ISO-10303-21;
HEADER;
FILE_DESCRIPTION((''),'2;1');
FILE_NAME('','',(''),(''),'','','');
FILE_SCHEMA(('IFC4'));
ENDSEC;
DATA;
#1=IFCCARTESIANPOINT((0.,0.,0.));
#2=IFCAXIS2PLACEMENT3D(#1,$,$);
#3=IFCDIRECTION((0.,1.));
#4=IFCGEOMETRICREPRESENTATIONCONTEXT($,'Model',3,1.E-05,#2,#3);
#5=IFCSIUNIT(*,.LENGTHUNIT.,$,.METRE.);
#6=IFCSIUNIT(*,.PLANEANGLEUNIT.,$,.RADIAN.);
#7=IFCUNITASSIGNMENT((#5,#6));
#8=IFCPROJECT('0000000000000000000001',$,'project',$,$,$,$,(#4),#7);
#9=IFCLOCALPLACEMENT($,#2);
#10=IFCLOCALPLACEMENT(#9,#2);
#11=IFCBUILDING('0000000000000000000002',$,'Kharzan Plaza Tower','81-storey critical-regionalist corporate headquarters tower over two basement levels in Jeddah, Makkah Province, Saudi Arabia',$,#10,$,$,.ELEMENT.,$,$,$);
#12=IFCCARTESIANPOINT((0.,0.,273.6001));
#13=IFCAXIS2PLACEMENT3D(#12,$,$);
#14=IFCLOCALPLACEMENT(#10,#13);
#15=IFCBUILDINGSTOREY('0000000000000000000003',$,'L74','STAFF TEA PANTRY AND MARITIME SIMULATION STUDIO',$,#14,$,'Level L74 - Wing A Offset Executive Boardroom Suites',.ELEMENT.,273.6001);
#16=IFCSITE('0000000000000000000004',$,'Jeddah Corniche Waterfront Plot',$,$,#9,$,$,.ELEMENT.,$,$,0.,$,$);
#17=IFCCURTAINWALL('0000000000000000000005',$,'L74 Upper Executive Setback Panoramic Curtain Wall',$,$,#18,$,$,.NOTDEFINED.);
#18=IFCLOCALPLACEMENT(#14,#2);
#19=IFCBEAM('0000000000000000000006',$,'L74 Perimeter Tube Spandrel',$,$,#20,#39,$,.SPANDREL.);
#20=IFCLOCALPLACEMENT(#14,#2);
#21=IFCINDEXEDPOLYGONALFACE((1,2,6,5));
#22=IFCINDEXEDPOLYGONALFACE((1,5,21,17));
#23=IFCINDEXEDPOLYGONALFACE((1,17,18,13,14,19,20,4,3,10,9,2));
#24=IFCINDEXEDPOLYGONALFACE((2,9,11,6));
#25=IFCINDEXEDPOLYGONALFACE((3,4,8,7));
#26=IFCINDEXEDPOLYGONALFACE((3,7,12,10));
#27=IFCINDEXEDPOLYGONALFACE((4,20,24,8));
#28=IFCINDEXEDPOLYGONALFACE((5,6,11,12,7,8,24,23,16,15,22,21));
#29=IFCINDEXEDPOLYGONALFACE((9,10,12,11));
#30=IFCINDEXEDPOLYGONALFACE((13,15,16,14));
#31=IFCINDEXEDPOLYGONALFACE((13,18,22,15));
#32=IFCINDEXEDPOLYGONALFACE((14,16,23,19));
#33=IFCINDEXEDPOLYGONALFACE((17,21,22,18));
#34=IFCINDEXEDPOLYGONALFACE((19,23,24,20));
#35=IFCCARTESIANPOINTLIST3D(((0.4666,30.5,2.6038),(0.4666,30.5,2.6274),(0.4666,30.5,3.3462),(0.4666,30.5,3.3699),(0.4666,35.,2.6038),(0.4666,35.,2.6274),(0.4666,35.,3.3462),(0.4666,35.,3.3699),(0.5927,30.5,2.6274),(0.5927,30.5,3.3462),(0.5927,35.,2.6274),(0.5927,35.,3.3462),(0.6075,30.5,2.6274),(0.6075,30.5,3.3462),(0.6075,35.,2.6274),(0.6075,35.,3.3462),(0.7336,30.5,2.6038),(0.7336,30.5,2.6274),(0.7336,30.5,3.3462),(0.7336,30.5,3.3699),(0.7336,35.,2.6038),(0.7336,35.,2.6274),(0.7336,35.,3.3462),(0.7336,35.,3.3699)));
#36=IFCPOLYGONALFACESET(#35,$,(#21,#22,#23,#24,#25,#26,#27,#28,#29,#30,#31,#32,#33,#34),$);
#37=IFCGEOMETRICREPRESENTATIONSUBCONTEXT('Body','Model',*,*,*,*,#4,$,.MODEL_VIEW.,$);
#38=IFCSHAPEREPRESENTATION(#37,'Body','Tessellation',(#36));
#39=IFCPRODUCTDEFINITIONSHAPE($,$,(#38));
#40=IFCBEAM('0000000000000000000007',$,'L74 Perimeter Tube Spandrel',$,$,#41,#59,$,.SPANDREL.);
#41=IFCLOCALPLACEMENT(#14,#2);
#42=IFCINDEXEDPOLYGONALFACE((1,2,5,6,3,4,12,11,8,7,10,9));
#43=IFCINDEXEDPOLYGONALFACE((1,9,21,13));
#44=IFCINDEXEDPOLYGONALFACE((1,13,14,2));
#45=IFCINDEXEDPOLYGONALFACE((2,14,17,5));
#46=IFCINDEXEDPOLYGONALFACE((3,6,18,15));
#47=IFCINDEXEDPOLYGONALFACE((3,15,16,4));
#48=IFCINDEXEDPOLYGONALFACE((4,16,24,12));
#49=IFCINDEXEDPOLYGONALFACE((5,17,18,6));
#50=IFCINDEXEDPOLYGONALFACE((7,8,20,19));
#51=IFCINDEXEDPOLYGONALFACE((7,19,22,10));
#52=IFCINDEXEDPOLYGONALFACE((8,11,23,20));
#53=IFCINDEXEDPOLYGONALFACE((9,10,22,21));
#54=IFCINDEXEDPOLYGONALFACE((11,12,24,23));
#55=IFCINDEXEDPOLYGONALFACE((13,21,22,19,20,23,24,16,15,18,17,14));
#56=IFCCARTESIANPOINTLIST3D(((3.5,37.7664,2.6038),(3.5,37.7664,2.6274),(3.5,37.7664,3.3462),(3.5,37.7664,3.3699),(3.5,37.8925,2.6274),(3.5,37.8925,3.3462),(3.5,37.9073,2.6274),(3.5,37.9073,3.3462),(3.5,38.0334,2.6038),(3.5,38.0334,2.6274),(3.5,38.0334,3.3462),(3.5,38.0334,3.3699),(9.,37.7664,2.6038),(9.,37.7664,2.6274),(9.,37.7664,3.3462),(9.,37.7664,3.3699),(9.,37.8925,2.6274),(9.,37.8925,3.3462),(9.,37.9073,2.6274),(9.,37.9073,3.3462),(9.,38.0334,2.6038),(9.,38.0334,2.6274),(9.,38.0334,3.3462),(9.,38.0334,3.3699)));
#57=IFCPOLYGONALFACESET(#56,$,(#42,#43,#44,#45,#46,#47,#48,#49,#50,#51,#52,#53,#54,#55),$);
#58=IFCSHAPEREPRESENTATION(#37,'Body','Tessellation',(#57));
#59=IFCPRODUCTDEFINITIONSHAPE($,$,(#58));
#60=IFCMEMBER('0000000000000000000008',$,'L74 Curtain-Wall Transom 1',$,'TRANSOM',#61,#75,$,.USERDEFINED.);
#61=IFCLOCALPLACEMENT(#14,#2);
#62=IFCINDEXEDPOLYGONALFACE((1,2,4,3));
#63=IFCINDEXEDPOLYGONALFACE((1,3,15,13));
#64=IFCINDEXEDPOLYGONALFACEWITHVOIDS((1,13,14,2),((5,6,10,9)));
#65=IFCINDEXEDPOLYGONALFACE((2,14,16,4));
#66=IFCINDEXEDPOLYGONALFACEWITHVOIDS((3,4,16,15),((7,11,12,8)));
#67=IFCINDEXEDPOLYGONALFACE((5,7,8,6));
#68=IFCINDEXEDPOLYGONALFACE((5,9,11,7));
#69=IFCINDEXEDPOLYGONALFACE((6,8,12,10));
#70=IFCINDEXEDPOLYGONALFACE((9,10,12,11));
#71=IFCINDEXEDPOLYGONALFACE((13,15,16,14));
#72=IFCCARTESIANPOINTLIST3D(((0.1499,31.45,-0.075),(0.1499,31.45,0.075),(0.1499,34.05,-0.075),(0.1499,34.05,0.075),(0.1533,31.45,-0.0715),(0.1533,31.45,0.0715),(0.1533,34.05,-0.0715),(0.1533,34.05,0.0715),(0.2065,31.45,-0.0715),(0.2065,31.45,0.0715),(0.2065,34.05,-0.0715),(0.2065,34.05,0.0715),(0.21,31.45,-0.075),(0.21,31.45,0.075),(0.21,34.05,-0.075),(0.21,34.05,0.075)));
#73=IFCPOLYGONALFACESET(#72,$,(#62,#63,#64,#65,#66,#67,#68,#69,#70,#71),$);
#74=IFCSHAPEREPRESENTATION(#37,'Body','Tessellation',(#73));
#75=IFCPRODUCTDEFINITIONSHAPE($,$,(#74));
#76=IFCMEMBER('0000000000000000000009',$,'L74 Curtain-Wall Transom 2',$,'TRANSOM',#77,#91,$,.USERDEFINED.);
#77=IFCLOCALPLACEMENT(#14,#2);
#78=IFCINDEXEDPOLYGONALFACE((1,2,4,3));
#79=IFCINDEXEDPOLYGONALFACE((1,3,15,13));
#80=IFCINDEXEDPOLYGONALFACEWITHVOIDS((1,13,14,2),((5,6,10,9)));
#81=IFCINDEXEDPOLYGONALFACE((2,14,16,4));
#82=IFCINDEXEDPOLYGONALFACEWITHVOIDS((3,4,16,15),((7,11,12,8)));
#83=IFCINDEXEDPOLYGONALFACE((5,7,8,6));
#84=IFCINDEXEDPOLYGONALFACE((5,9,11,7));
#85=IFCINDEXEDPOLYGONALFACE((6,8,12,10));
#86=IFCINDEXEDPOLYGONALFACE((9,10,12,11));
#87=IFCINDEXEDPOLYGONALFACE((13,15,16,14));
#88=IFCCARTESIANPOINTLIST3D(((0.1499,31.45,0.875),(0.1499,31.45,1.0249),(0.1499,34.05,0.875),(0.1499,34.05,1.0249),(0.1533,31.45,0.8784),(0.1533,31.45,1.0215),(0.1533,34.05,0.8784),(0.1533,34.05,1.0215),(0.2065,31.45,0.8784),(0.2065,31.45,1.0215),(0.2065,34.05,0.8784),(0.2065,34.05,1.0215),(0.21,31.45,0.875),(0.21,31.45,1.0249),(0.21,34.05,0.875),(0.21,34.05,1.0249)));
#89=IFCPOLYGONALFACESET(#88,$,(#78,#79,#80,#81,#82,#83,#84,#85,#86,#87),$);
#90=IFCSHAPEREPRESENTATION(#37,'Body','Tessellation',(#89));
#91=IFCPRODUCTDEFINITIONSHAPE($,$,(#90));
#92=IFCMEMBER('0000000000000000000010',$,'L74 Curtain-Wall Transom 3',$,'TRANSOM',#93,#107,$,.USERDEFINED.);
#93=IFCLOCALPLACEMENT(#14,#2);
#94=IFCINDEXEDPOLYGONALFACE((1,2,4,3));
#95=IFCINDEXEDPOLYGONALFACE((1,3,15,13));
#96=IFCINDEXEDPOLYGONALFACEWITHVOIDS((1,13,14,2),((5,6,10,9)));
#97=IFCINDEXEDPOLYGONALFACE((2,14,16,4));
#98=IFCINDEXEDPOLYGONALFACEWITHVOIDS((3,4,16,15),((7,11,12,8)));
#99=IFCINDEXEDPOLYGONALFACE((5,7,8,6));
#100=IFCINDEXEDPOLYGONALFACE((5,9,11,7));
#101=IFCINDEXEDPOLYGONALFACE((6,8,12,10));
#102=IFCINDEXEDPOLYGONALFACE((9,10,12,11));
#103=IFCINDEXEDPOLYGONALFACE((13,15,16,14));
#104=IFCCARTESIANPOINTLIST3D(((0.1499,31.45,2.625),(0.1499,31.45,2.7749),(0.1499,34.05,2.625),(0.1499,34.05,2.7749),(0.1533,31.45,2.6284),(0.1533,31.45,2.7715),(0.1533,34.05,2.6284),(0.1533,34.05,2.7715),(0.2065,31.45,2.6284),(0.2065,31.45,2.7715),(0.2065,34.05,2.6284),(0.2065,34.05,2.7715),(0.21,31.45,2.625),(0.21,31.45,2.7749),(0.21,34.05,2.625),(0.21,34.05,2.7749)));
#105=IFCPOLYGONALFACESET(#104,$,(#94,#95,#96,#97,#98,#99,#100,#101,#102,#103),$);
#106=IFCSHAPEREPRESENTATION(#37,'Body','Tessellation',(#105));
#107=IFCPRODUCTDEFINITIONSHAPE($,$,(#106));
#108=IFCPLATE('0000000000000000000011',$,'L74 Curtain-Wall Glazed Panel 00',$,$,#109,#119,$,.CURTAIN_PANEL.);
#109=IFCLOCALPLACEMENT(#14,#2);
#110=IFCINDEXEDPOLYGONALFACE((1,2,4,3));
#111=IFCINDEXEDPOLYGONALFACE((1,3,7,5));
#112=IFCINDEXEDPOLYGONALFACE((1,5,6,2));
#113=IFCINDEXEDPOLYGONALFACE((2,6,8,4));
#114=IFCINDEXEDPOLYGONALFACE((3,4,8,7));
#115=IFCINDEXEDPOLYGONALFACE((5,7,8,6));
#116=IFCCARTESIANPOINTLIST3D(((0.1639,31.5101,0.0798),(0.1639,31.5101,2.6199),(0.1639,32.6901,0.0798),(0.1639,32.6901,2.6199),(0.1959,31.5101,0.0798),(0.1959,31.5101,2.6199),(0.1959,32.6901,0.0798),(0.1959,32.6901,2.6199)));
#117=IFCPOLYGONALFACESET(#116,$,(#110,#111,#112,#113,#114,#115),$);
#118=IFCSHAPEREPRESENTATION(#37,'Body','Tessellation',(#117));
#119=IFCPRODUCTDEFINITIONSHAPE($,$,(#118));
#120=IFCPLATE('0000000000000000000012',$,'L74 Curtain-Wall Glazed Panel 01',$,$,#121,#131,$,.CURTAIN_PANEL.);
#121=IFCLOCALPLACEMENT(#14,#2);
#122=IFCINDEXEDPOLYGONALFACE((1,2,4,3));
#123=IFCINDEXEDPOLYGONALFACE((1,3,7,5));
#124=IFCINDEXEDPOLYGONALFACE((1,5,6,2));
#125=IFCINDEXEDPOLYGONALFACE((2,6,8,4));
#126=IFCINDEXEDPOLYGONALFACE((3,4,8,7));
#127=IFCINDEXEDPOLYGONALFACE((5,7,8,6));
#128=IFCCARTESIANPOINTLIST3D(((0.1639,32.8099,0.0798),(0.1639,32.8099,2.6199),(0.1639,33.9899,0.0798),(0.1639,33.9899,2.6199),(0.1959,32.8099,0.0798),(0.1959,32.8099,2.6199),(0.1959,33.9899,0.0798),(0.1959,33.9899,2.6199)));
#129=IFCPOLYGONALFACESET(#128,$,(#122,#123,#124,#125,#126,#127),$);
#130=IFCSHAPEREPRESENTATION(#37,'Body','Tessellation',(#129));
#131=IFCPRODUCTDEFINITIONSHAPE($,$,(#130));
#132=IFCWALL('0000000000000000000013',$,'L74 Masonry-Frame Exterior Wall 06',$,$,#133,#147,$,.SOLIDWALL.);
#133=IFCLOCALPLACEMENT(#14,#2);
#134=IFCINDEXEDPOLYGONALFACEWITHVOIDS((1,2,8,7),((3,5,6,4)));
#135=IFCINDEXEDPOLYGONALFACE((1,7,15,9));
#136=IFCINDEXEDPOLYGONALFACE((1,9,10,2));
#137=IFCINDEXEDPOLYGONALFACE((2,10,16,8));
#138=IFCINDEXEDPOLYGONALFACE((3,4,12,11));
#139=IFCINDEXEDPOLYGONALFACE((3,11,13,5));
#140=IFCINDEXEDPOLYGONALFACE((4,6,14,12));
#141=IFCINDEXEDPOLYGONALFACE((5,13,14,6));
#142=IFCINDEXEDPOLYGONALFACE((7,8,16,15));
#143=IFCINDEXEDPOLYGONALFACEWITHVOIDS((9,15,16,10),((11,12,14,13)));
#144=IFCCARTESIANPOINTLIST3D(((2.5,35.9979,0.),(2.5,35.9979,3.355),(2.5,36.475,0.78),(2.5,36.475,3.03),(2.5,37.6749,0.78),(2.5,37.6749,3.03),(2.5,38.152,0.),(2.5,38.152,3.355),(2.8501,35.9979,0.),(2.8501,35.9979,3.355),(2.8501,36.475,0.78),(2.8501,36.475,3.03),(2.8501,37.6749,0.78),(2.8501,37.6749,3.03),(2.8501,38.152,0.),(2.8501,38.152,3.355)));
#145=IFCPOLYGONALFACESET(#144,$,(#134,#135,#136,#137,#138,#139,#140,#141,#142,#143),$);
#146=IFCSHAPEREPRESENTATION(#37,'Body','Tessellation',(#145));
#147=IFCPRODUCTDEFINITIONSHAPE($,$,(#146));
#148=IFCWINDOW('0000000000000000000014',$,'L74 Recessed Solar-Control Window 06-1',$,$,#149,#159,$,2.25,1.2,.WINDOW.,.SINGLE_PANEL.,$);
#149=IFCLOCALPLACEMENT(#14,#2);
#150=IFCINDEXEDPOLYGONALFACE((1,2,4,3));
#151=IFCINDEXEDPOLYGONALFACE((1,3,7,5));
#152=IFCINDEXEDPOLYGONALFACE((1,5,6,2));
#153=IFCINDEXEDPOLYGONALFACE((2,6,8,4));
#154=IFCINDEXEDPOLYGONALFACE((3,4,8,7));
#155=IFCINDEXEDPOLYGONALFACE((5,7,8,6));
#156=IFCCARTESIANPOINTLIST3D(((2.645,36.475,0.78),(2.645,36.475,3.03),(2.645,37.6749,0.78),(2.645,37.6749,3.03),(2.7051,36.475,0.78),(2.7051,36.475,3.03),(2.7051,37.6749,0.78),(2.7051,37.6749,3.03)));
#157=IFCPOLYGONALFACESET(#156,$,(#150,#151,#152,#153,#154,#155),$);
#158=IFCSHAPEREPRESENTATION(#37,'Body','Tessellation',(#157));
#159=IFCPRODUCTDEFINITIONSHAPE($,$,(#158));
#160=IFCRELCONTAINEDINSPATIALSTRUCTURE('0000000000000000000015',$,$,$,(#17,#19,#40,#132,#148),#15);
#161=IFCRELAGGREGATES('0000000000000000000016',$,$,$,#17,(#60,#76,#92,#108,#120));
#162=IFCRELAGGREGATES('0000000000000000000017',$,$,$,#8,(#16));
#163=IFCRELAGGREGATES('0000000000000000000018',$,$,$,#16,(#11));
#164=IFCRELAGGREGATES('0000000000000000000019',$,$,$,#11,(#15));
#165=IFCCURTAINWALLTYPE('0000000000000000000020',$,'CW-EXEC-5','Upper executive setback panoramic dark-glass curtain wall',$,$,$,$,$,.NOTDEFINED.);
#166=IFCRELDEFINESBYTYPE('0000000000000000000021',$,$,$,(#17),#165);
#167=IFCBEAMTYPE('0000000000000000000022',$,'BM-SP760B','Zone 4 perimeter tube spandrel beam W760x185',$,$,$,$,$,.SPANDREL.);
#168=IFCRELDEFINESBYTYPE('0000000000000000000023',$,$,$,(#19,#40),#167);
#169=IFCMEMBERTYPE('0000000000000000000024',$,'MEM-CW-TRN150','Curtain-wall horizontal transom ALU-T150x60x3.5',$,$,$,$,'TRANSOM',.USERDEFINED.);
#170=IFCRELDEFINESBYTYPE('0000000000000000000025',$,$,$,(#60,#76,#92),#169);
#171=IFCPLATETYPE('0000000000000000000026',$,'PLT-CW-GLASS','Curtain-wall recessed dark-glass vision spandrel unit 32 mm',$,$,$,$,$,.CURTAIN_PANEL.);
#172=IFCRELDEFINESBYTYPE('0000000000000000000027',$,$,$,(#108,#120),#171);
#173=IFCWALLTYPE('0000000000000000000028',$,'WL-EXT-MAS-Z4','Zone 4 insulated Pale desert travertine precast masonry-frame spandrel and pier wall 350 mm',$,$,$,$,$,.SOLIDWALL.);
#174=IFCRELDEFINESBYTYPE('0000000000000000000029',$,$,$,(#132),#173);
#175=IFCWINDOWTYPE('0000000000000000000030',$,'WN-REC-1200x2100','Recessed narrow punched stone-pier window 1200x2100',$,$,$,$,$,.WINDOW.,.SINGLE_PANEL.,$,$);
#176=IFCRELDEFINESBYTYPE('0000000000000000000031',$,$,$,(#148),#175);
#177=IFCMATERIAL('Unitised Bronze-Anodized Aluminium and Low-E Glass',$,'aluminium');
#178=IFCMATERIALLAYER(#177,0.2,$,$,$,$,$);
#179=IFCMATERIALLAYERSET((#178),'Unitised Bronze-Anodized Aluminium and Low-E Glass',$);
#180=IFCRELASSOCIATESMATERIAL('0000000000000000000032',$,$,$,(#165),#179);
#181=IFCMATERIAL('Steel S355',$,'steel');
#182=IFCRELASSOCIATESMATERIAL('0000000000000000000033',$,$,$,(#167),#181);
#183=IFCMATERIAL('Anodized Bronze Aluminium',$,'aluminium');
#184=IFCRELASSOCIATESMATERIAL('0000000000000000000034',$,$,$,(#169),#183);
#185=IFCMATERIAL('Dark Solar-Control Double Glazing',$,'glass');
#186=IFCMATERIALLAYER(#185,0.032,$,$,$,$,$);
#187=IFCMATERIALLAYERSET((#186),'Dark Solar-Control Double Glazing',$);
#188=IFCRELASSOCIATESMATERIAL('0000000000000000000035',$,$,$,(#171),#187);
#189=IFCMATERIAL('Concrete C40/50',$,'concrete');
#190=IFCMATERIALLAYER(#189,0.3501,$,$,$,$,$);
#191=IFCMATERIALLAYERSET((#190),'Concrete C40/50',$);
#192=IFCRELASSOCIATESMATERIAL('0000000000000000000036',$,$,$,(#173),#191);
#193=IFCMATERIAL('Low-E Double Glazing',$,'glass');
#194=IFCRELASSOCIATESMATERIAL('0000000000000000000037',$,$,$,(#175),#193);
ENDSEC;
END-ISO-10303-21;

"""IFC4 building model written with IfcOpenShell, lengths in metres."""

from ifc_helpers import new_model, si_unit, direction, frame, frame_2d, origin, origin_2d, place, context, subcontext, project, spatial, rectangle, hollow_rectangle, i_section, extrude, source, transform, mapped, material, layer, layer_set, material_profile, profile_set, type_object, element, fill, aggregate, save


model = new_model("IFC4")

# Units and contexts
model_context = context("Model", 3, precision=1e-05, world=origin(), true_north=direction((0.0, 1.0)))
body_context = subcontext(model_context, "Body", "Model", "MODEL_VIEW")
ifc_project = project(units=[si_unit("LENGTHUNIT", "METRE"), si_unit("PLANEANGLEUNIT", "RADIAN")], contexts=[model_context])

# Site, building, storey
site_placement = place(None, origin())
site = spatial("IfcSite", under=ifc_project, at=site_placement, Name="Jeddah Corniche Waterfront Plot", CompositionType="ELEMENT", RefElevation=0.0)
building_placement = place(site_placement, origin())
building = spatial("IfcBuilding", under=site, at=building_placement, Name="Kharzan Plaza Tower", Description="81-storey critical-regionalist corporate headquarters tower over two basement levels in Jeddah, Makkah Province, Saudi Arabia", CompositionType="ELEMENT")
storey_placement = place(building_placement, frame((0.0, 0.0, 273.6001)))
storey = spatial("IfcBuildingStorey", under=building, at=storey_placement, Name="L74", Description="STAFF TEA PANTRY AND MARITIME SIMULATION STUDIO", LongName="Level L74 - Wing A Offset Executive Boardroom Suites", CompositionType="ELEMENT", Elevation=273.6001)

# Shared definitions
ifc_material_1 = material(Name="Steel S355", Category="steel")

# Curtain wall
ifc_material_2 = material(Name="Unitised Bronze-Anodized Aluminium and Low-E Glass", Category="aluminium")
ifc_layer_1 = layer(ifc_material_2, 0.2)
ifc_layer_set_1 = layer_set([ifc_layer_1], Name="Unitised Bronze-Anodized Aluminium and Low-E Glass")
curtain_wall_type = type_object("IfcCurtainWallType", Name="CW-EXEC-5", Description="Upper executive setback panoramic dark-glass curtain wall", PredefinedType="NOTDEFINED", material=ifc_layer_set_1)
curtain_wall_placement = place(storey_placement, origin())
curtain_wall = element("IfcCurtainWall", 1, at=curtain_wall_placement, inside=storey, type_object=curtain_wall_type, Name="L74 Upper Executive Setback Panoramic Curtain Wall", PredefinedType="NOTDEFINED")
ifc_material_3 = material(Name="Anodized Bronze Aluminium", Category="aluminium")

# Beams
ifc_material_profile_1 = material_profile(ifc_material_1, i_section(OverallWidth=0.2671, OverallDepth=0.7661, WebThickness=0.0149, FlangeThickness=0.0237, at=origin_2d()), Name="W760x185")
ifc_profile_set_1 = profile_set([ifc_material_profile_1], Name="Steel S355")
beam_type_1 = type_object("IfcBeamType", Name="BM-SP760B", Description="Zone 4 perimeter tube spandrel beam W760x185", PredefinedType="SPANDREL", material=ifc_profile_set_1)
shared_shape_1 = source(origin(), body_context, "Body", "SweptSolid", [
    extrude(i_section(OverallWidth=0.2671, OverallDepth=0.7661, WebThickness=0.0149, FlangeThickness=0.0237, at=origin_2d()), origin(), (0.0, 0.0, 1.0), 4.5),
])
beam_1_placement = place(storey_placement, frame((0.6001, 30.5, 2.9868), z_axis=(0.0, 1.0, 0.0), x_axis=(-1.0, 0.0, 0.0)))
element("IfcBeam", 2, at=beam_1_placement, inside=storey, type_object=beam_type_1, Name="L74 Perimeter Tube Spandrel", PredefinedType="SPANDREL", context=body_context, shape_type="MappedRepresentation", body=[
    mapped(shared_shape_1, transform((0.0, 0.0, 0.0), x_axis=(1.0, 0.0, 0.0), y_axis=(0.0, 1.0, 0.0), z_axis=(0.0, 0.0, 1.0))),
])
shared_shape_2 = source(origin(), body_context, "Body", "SweptSolid", [
    extrude(i_section(OverallWidth=0.2671, OverallDepth=0.7661, WebThickness=0.0149, FlangeThickness=0.0237, at=origin_2d()), origin(), (0.0, 0.0, 1.0), 5.5),
])
beam_2_placement = place(storey_placement, frame((3.5, 37.8999, 2.9868), z_axis=(1.0, 0.0, 0.0), x_axis=(0.0, 1.0, 0.0)))
element("IfcBeam", 3, at=beam_2_placement, inside=storey, type_object=beam_type_1, Name="L74 Perimeter Tube Spandrel", PredefinedType="SPANDREL", context=body_context, shape_type="MappedRepresentation", body=[
    mapped(shared_shape_2, transform((0.0, 0.0, 0.0), x_axis=(1.0, 0.0, 0.0), y_axis=(0.0, 1.0, 0.0), z_axis=(0.0, 0.0, 1.0))),
])

# Members
ifc_material_profile_2 = material_profile(ifc_material_3, hollow_rectangle(XDim=0.0601, YDim=0.1499, WallThickness=0.0034, at=origin_2d()), Name="ALU-T150x60x3.5")
ifc_profile_set_2 = profile_set([ifc_material_profile_2], Name="Anodized Bronze Aluminium")
member_type_1 = type_object("IfcMemberType", Name="MEM-CW-TRN150", Description="Curtain-wall horizontal transom ALU-T150x60x3.5", ElementType="TRANSOM", PredefinedType="USERDEFINED", material=ifc_profile_set_2)
shared_shape_3 = source(origin(), body_context, "Body", "SweptSolid", [
    extrude(hollow_rectangle(XDim=0.0601, YDim=0.1499, WallThickness=0.0034, at=origin_2d()), origin(), (0.0, 0.0, 1.0), 2.6001),
])
member_1_placement = place(storey_placement, frame((0.1799, 31.45, 0.0), z_axis=(0.0, 1.0, 0.0), x_axis=(-1.0, 0.0, 0.0)))
member_1 = element("IfcMember", 4, at=member_1_placement, type_object=member_type_1, Name="L74 Curtain-Wall Transom 1", ObjectType="TRANSOM", PredefinedType="USERDEFINED", context=body_context, shape_type="MappedRepresentation", body=[
    mapped(shared_shape_3, transform((0.0, 0.0, 0.0), x_axis=(1.0, 0.0, 0.0), y_axis=(0.0, 1.0, 0.0), z_axis=(0.0, 0.0, 1.0))),
])
member_2_placement = place(storey_placement, frame((0.1799, 31.45, 0.95), z_axis=(0.0, 1.0, 0.0), x_axis=(-1.0, 0.0, 0.0)))
member_2 = element("IfcMember", 5, at=member_2_placement, type_object=member_type_1, Name="L74 Curtain-Wall Transom 2", ObjectType="TRANSOM", PredefinedType="USERDEFINED", context=body_context, shape_type="MappedRepresentation", body=[
    mapped(shared_shape_3, transform((0.0, 0.0, 0.0), x_axis=(1.0, 0.0, 0.0), y_axis=(0.0, 1.0, 0.0), z_axis=(0.0, 0.0, 1.0))),
])
member_3_placement = place(storey_placement, frame((0.1799, 31.45, 2.7), z_axis=(0.0, 1.0, 0.0), x_axis=(-1.0, 0.0, 0.0)))
member_3 = element("IfcMember", 6, at=member_3_placement, type_object=member_type_1, Name="L74 Curtain-Wall Transom 3", ObjectType="TRANSOM", PredefinedType="USERDEFINED", context=body_context, shape_type="MappedRepresentation", body=[
    mapped(shared_shape_3, transform((0.0, 0.0, 0.0), x_axis=(1.0, 0.0, 0.0), y_axis=(0.0, 1.0, 0.0), z_axis=(0.0, 0.0, 1.0))),
])

# Plates
ifc_material_4 = material(Name="Dark Solar-Control Double Glazing", Category="glass")
ifc_layer_2 = layer(ifc_material_4, 0.032)
ifc_layer_set_2 = layer_set([ifc_layer_2], Name="Dark Solar-Control Double Glazing")
plate_type = type_object("IfcPlateType", Name="PLT-CW-GLASS", Description="Curtain-wall recessed dark-glass vision spandrel unit 32 mm", PredefinedType="CURTAIN_PANEL", material=ifc_layer_set_2)
shared_shape_4 = source(origin(), body_context, "Body", "SweptSolid", [
    extrude(rectangle(XDim=1.1799, YDim=0.032, at=origin_2d()), origin(), (0.0, 0.0, 1.0), 2.54),
])
plate_1_placement = place(storey_placement, frame((0.1799, 32.1001, 0.0798), z_axis=(0.0, 0.0, 1.0), x_axis=(0.0, 1.0, 0.0)))
plate_1 = element("IfcPlate", 7, at=plate_1_placement, type_object=plate_type, Name="L74 Curtain-Wall Glazed Panel 00", PredefinedType="CURTAIN_PANEL", context=body_context, shape_type="MappedRepresentation", body=[
    mapped(shared_shape_4, transform((0.0, 0.0, 0.0), x_axis=(1.0, 0.0, 0.0), y_axis=(0.0, 1.0, 0.0), z_axis=(0.0, 0.0, 1.0))),
])
plate_2_placement = place(storey_placement, frame((0.1799, 33.3999, 0.0798), z_axis=(0.0, 0.0, 1.0), x_axis=(0.0, 1.0, 0.0)))
plate_2 = element("IfcPlate", 8, at=plate_2_placement, type_object=plate_type, Name="L74 Curtain-Wall Glazed Panel 01", PredefinedType="CURTAIN_PANEL", context=body_context, shape_type="MappedRepresentation", body=[
    mapped(shared_shape_4, transform((0.0, 0.0, 0.0), x_axis=(1.0, 0.0, 0.0), y_axis=(0.0, 1.0, 0.0), z_axis=(0.0, 0.0, 1.0))),
])
aggregate(curtain_wall, [member_1, member_2, member_3, plate_1, plate_2])

# Wall, opening, window
ifc_material_5 = material(Name="Concrete C40/50", Category="concrete")
ifc_layer_3 = layer(ifc_material_5, 0.3501)
ifc_layer_set_3 = layer_set([ifc_layer_3], Name="Concrete C40/50")
wall_type_1 = type_object("IfcWallType", Name="WL-EXT-MAS-Z4", Description="Zone 4 insulated Pale desert travertine precast masonry-frame spandrel and pier wall 350 mm", PredefinedType="SOLIDWALL", material=ifc_layer_set_3)
wall_1_placement = place(storey_placement, frame((2.675, 38.1521, 0.0), z_axis=(0.0, 0.0, 1.0), x_axis=(0.0, -1.0, 0.0)))
wall_1 = element("IfcWall", 9, at=wall_1_placement, inside=storey, type_object=wall_type_1, Name="L74 Masonry-Frame Exterior Wall 06", PredefinedType="SOLIDWALL", context=body_context, shape_type="SweptSolid", body=[
    extrude(rectangle(XDim=2.1541, YDim=0.3501, at=frame_2d((1.0771, 0.0))), origin(), (0.0, 0.0, 1.0), 3.355),
])
opening_1_placement = place(wall_1_placement, frame((0.4771, 0.0, 0.78)))
opening_1 = element("IfcOpeningElement", 10, at=opening_1_placement, cuts=wall_1, PredefinedType="OPENING", context=body_context, shape_type="SweptSolid", body=[
    extrude(rectangle(XDim=1.2, YDim=2.25, at=frame_2d((0.6001, 1.125))), frame((0.0, 0.1851, 0.0), z_axis=(0.0, -1.0, 0.0), x_axis=(1.0, 0.0, 0.0)), (0.0, 0.0, 1.0), 0.3701),
])
ifc_material_6 = material(Name="Low-E Double Glazing", Category="glass")
window_type = type_object("IfcWindowType", Name="WN-REC-1200x2100", Description="Recessed narrow punched stone-pier window 1200x2100", PartitioningType="SINGLE_PANEL", PredefinedType="WINDOW", material=ifc_material_6)
shared_shape_5 = source(origin(), body_context, "Body", "SweptSolid", [
    extrude(rectangle(XDim=1.2, YDim=2.25, at=frame_2d((0.6001, 1.125))), frame((0.0, 0.03, 0.0), z_axis=(0.0, -1.0, 0.0), x_axis=(1.0, 0.0, 0.0)), (0.0, 0.0, 1.0), 0.0601),
])
window_1_placement = place(opening_1_placement, origin())
window_1 = element("IfcWindow", 11, at=window_1_placement, inside=storey, type_object=window_type, Name="L74 Recessed Solar-Control Window 06-1", OverallHeight=2.25, OverallWidth=1.2, PartitioningType="SINGLE_PANEL", PredefinedType="WINDOW", context=body_context, shape_type="MappedRepresentation", body=[
    mapped(shared_shape_5, transform((0.0, 0.0, 0.0), x_axis=(1.0, 0.0, 0.0), y_axis=(0.0, 1.0, 0.0), z_axis=(0.0, 0.0, 1.0))),
])
fill(opening_1, window_1)

save(model, "model.ifc")
